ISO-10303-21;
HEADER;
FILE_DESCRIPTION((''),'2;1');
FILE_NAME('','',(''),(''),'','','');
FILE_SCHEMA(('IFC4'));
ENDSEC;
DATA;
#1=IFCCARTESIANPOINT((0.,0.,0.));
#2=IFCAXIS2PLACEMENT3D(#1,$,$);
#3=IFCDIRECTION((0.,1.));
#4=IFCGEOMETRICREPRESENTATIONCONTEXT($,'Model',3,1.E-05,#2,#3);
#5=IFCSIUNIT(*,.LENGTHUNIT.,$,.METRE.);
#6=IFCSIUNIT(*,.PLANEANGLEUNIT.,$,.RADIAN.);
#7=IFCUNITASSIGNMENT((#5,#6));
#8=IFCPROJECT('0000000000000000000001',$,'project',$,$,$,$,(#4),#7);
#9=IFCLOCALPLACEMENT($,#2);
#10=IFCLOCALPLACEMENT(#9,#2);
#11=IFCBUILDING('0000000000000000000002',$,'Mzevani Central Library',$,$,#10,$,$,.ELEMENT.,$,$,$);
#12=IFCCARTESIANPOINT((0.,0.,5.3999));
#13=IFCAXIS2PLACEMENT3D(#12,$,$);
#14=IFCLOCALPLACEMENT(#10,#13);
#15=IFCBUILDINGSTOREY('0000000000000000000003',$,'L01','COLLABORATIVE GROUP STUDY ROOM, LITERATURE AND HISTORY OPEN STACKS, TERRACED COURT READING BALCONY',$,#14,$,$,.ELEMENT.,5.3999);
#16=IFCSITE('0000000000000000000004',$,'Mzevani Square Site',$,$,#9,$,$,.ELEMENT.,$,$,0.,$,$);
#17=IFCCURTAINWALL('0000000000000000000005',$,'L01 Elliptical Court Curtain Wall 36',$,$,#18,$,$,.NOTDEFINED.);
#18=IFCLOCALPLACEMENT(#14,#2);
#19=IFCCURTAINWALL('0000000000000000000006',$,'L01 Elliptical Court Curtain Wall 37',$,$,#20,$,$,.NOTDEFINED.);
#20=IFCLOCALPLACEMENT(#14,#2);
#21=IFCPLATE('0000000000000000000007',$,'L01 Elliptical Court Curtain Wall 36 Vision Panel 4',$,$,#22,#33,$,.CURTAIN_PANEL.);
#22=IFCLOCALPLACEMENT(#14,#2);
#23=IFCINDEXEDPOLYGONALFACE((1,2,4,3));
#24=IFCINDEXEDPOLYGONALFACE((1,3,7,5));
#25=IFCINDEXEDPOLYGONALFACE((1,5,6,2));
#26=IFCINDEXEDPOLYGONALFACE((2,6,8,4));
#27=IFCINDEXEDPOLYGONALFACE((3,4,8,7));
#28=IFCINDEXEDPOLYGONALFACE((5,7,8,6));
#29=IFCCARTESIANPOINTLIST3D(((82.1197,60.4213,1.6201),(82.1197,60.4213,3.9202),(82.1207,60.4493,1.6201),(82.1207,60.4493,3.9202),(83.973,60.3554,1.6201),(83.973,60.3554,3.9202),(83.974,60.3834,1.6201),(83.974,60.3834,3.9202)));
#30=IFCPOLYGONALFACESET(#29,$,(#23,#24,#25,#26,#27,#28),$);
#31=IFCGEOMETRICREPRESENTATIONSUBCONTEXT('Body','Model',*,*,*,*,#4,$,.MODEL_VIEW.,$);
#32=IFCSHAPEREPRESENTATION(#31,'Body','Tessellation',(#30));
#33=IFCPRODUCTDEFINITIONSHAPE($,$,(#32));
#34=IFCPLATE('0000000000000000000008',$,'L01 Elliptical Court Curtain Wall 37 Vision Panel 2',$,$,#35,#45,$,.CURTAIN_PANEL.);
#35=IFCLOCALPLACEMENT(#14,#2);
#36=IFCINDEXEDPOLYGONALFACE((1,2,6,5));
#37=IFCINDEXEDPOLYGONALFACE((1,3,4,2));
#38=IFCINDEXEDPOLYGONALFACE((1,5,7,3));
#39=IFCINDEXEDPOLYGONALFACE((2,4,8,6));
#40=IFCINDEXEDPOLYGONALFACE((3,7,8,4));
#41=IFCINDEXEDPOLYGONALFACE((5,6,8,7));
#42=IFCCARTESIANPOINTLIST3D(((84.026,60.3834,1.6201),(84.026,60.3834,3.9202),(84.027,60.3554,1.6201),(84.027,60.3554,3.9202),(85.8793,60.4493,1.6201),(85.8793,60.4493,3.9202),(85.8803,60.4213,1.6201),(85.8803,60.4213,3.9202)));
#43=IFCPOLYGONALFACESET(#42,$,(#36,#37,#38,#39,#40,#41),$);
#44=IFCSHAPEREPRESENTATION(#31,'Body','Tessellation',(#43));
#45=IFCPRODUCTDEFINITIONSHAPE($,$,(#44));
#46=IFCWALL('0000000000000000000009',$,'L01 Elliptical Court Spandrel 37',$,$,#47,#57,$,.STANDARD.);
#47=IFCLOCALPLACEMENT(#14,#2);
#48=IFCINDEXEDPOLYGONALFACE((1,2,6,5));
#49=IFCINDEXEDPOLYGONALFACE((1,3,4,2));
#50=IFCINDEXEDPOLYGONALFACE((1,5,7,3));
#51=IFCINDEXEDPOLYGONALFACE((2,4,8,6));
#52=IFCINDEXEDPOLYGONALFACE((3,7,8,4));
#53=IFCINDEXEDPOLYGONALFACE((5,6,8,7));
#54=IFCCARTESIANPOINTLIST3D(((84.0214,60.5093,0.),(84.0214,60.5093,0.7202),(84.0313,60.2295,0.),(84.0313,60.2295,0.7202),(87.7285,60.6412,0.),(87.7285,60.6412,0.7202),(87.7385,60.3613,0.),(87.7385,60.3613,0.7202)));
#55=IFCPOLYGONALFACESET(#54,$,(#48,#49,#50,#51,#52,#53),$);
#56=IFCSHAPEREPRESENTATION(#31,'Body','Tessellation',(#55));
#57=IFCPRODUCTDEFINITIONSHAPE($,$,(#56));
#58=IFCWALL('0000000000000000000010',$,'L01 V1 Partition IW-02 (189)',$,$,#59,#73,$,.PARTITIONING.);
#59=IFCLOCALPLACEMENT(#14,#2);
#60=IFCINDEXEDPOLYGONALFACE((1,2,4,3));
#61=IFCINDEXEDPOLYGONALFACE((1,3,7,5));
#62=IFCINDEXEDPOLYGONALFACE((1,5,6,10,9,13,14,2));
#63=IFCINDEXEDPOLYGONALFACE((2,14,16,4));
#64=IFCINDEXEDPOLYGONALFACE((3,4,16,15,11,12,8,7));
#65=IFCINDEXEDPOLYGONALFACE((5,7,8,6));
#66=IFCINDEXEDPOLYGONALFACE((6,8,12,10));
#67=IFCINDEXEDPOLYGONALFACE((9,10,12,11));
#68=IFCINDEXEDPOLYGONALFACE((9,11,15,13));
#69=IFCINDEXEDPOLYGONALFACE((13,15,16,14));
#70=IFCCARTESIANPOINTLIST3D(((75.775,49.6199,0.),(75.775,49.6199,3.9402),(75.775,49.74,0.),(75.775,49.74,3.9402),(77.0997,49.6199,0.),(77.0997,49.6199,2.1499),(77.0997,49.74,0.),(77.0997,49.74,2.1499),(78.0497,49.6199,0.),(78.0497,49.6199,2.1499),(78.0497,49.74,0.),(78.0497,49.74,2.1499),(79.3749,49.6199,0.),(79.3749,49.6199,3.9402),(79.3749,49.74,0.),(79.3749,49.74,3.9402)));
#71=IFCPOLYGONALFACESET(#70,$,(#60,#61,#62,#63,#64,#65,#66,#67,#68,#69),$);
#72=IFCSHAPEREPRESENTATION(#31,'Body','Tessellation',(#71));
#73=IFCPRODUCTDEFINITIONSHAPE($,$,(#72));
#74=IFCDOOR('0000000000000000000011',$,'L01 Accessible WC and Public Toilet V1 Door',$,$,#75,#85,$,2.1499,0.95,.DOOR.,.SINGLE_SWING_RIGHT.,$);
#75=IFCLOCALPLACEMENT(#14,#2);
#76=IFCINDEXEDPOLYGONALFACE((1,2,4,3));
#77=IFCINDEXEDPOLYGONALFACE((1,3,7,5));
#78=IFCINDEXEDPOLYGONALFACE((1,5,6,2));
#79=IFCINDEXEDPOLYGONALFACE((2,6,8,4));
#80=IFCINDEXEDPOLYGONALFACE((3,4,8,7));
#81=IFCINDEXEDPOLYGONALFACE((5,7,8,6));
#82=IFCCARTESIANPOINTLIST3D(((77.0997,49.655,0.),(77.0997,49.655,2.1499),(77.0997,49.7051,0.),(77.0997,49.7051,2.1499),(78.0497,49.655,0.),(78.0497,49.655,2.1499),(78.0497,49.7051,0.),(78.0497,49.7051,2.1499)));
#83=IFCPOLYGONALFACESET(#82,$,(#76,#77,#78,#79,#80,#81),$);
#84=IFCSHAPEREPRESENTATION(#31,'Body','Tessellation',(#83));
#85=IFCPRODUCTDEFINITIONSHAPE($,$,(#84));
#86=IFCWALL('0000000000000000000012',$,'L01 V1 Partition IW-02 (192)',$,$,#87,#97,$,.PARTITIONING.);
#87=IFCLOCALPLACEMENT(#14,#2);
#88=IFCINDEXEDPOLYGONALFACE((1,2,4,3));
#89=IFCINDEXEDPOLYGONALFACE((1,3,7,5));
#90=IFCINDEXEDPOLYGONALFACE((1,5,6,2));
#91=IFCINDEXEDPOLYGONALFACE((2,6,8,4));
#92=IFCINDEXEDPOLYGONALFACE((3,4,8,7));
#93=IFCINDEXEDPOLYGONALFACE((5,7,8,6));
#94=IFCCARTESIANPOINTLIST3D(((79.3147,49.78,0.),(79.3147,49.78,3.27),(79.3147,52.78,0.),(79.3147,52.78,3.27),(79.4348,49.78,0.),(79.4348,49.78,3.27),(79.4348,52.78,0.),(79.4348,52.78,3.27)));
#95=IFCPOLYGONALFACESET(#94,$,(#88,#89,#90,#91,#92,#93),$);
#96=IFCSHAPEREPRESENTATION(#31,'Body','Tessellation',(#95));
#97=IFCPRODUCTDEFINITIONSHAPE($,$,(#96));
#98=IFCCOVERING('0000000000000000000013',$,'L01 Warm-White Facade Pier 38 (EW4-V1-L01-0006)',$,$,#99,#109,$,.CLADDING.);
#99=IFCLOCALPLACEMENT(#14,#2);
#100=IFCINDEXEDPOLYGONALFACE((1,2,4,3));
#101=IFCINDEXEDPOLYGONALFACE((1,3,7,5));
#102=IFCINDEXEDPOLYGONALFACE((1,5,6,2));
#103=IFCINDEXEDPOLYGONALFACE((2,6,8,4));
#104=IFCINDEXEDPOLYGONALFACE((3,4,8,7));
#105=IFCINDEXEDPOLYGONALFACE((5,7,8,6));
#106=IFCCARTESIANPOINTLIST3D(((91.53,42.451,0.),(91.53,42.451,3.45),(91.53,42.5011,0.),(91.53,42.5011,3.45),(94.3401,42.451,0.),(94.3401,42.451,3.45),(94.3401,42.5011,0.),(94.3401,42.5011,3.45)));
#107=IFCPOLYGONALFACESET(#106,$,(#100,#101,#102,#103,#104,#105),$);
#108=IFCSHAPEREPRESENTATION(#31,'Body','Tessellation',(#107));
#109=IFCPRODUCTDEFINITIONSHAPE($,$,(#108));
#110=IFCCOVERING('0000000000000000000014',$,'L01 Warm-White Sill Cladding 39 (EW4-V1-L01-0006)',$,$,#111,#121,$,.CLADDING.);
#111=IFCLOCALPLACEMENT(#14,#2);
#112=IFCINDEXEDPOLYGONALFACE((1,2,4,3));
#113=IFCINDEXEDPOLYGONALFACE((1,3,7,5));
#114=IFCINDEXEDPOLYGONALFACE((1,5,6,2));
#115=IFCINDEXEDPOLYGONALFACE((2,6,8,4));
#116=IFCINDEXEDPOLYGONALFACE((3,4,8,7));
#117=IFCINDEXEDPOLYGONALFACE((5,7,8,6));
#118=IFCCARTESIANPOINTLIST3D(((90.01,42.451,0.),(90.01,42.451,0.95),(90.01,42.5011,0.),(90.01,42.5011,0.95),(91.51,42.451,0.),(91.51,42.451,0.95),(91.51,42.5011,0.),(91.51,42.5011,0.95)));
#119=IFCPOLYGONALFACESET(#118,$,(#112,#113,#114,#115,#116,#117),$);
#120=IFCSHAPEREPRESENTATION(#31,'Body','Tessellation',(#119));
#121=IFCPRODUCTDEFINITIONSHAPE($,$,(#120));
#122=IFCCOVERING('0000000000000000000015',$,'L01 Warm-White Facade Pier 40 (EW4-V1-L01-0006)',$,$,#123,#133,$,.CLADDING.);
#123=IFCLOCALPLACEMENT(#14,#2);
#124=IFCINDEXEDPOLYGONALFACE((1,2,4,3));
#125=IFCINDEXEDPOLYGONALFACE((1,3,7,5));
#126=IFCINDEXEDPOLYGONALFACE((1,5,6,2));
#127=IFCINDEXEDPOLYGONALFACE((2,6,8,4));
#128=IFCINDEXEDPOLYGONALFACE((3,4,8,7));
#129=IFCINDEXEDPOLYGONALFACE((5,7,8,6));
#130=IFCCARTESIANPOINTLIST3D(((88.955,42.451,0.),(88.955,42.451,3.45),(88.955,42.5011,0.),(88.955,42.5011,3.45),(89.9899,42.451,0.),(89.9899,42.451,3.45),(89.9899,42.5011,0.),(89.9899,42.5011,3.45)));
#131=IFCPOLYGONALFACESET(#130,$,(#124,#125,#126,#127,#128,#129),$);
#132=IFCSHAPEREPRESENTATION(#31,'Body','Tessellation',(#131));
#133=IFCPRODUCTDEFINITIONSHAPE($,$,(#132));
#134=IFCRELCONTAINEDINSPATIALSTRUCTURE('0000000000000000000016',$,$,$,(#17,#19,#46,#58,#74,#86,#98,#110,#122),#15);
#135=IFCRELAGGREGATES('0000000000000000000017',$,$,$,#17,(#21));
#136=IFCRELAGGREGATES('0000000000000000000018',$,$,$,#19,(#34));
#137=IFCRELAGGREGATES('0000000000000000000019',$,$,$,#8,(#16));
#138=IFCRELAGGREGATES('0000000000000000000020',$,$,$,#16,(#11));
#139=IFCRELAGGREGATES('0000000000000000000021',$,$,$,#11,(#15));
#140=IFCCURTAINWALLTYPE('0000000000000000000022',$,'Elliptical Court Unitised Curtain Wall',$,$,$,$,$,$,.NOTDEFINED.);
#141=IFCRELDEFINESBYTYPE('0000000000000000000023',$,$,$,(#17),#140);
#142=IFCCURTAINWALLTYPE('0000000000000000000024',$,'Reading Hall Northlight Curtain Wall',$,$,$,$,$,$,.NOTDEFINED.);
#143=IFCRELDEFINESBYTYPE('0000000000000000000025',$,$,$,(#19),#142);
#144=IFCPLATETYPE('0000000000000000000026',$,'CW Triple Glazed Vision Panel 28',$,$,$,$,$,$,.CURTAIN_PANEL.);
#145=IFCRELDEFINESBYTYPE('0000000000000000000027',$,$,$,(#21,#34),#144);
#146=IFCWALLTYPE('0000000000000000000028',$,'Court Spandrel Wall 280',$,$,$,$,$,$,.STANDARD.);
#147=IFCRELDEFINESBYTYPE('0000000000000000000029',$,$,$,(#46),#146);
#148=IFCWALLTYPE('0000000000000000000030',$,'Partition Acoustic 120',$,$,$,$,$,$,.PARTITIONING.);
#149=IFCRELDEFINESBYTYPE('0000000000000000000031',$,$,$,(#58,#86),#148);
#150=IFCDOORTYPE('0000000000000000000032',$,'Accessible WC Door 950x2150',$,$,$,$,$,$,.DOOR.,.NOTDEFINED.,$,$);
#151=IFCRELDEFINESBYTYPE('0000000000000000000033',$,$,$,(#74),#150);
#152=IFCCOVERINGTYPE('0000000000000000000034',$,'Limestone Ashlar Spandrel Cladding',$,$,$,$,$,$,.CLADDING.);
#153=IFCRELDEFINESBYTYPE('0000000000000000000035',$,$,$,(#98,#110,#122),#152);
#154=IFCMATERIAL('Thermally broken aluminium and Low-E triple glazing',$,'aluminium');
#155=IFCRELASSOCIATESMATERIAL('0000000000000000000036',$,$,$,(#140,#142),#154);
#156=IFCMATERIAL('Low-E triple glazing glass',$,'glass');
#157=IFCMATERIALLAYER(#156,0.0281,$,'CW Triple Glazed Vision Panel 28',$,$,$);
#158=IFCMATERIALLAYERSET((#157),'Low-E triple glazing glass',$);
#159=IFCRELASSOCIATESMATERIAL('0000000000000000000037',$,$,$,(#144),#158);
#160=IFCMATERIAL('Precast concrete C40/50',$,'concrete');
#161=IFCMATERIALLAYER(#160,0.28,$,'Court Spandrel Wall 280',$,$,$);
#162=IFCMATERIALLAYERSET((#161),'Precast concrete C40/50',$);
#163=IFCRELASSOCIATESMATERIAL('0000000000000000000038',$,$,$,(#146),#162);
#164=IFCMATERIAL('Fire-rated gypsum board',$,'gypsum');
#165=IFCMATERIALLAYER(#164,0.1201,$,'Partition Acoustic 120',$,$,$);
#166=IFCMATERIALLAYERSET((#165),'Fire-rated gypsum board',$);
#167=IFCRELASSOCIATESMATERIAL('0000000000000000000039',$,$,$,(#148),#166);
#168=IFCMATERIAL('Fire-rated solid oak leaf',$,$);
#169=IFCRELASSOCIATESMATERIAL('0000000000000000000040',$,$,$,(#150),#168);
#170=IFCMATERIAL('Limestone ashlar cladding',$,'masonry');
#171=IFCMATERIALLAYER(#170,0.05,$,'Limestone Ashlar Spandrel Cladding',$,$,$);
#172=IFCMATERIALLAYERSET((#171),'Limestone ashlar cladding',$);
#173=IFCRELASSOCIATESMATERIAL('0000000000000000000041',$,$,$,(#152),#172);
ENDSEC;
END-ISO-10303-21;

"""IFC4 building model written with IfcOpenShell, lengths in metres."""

from ifc_helpers import new_model, si_unit, direction, frame, frame_2d, origin, origin_2d, place, context, subcontext, project, spatial, rectangle, extrude, material, layer, layer_set, type_object, element, fill, aggregate, save


model = new_model("IFC4")

# Units and contexts
model_context = context("Model", 3, precision=1e-05, world=origin(), true_north=direction((0.0, 1.0)))
body_context = subcontext(model_context, "Body", "Model", "MODEL_VIEW")
ifc_project = project(units=[si_unit("LENGTHUNIT", "METRE"), si_unit("PLANEANGLEUNIT", "RADIAN")], contexts=[model_context])

# Site, building, storey
site_placement = place(None, origin())
site = spatial("IfcSite", under=ifc_project, at=site_placement, Name="Mzevani Square Site", CompositionType="ELEMENT", RefElevation=0.0)
building_placement = place(site_placement, origin())
building = spatial("IfcBuilding", under=site, at=building_placement, Name="Mzevani Central Library", CompositionType="ELEMENT")
storey_placement = place(building_placement, frame((0.0, 0.0, 5.3999)))
storey = spatial("IfcBuildingStorey", under=building, at=storey_placement, Name="L01", Description="COLLABORATIVE GROUP STUDY ROOM, LITERATURE AND HISTORY OPEN STACKS, TERRACED COURT READING BALCONY", CompositionType="ELEMENT", Elevation=5.3999)

# Curtain walls
ifc_material_1 = material(Name="Thermally broken aluminium and Low-E triple glazing", Category="aluminium")
curtain_wall_type_1 = type_object("IfcCurtainWallType", Name="Elliptical Court Unitised Curtain Wall", PredefinedType="NOTDEFINED", material=ifc_material_1)
curtain_wall_1_placement = place(storey_placement, origin())
curtain_wall_1 = element("IfcCurtainWall", 1, at=curtain_wall_1_placement, inside=storey, type_object=curtain_wall_type_1, Name="L01 Elliptical Court Curtain Wall 36", PredefinedType="NOTDEFINED")
curtain_wall_type_2 = type_object("IfcCurtainWallType", Name="Reading Hall Northlight Curtain Wall", PredefinedType="NOTDEFINED", material=ifc_material_1)
curtain_wall_2_placement = place(storey_placement, origin())
curtain_wall_2 = element("IfcCurtainWall", 2, at=curtain_wall_2_placement, inside=storey, type_object=curtain_wall_type_2, Name="L01 Elliptical Court Curtain Wall 37", PredefinedType="NOTDEFINED")

# Shared definitions
ifc_material_2 = material(Name="Precast concrete C40/50", Category="concrete")

# Plates
ifc_material_3 = material(Name="Low-E triple glazing glass", Category="glass")
ifc_layer_1 = layer(ifc_material_3, 0.0281, Name="CW Triple Glazed Vision Panel 28")
ifc_layer_set_1 = layer_set([ifc_layer_1], Name="Low-E triple glazing glass")
plate_type_1 = type_object("IfcPlateType", Name="CW Triple Glazed Vision Panel 28", PredefinedType="CURTAIN_PANEL", material=ifc_layer_set_1)
plate_1_placement = place(storey_placement, frame((83.0469, 60.4023, 1.6201), z_axis=(0.0, 0.0, 1.0), x_axis=(0.999369, -0.035533, 0.0)))
plate_1 = element("IfcPlate", 3, at=plate_1_placement, type_object=plate_type_1, Name="L01 Elliptical Court Curtain Wall 36 Vision Panel 4", PredefinedType="CURTAIN_PANEL", context=body_context, shape_type="SweptSolid", body=[
    extrude(rectangle(XDim=1.8545, YDim=0.0281, at=origin_2d()), origin(), (0.0, 0.0, 1.0), 2.3),
])
aggregate(curtain_wall_1, [plate_1])
plate_2_placement = place(storey_placement, frame((84.9531, 60.4023, 1.6201), z_axis=(0.0, 0.0, 1.0), x_axis=(0.999369, 0.035533, 0.0)))
plate_2 = element("IfcPlate", 4, at=plate_2_placement, type_object=plate_type_1, Name="L01 Elliptical Court Curtain Wall 37 Vision Panel 2", PredefinedType="CURTAIN_PANEL", context=body_context, shape_type="SweptSolid", body=[
    extrude(rectangle(XDim=1.8545, YDim=0.0281, at=origin_2d()), origin(), (0.0, 0.0, 1.0), 2.3),
])
aggregate(curtain_wall_2, [plate_2])

# Wall
ifc_layer_2 = layer(ifc_material_2, 0.28, Name="Court Spandrel Wall 280")
ifc_layer_set_2 = layer_set([ifc_layer_2], Name="Precast concrete C40/50")
wall_type_1 = type_object("IfcWallType", Name="Court Spandrel Wall 280", PredefinedType="STANDARD", material=ifc_layer_set_2)
wall_1_placement = place(storey_placement, frame((84.0264, 60.3694, 0.0), z_axis=(0.0, 0.0, 1.0), x_axis=(0.999368, 0.035541, 0.0)))
element("IfcWall", 5, at=wall_1_placement, inside=storey, type_object=wall_type_1, Name="L01 Elliptical Court Spandrel 37", PredefinedType="STANDARD", context=body_context, shape_type="SweptSolid", body=[
    extrude(rectangle(XDim=3.7095, YDim=0.28, at=frame_2d((1.8547, 0.0))), origin(), (0.0, 0.0, 1.0), 0.7202),
])

# Wall, opening, door
ifc_material_4 = material(Name="Fire-rated gypsum board", Category="gypsum")
ifc_layer_3 = layer(ifc_material_4, 0.1201, Name="Partition Acoustic 120")
ifc_layer_set_3 = layer_set([ifc_layer_3], Name="Fire-rated gypsum board")
wall_type_2 = type_object("IfcWallType", Name="Partition Acoustic 120", PredefinedType="PARTITIONING", material=ifc_layer_set_3)
wall_2_placement = place(storey_placement, frame((79.3748, 49.6799, 0.0), z_axis=(0.0, 0.0, 1.0), x_axis=(-1.0, 0.0, 0.0)))
wall_2 = element("IfcWall", 6, at=wall_2_placement, inside=storey, type_object=wall_type_2, Name="L01 V1 Partition IW-02 (189)", PredefinedType="PARTITIONING", context=body_context, shape_type="SweptSolid", body=[
    extrude(rectangle(XDim=3.5999, YDim=0.1201, at=frame_2d((1.7998, 0.0))), origin(), (0.0, 0.0, 1.0), 3.9402),
])
opening_placement = place(wall_2_placement, frame((1.325, 0.0, 0.0)))
opening = element("IfcOpeningElement", 7, at=opening_placement, cuts=wall_2, PredefinedType="OPENING", context=body_context, shape_type="SweptSolid", body=[
    extrude(rectangle(XDim=0.95, YDim=2.1499, at=frame_2d((0.4751, 1.075))), frame((0.0, 0.0701, 0.0), z_axis=(0.0, -1.0, 0.0), x_axis=(1.0, 0.0, 0.0)), (0.0, 0.0, 1.0), 0.1401),
])
ifc_material_5 = material(Name="Fire-rated solid oak leaf")
door_type = type_object("IfcDoorType", Name="Accessible WC Door 950x2150", OperationType="NOTDEFINED", PredefinedType="DOOR", material=ifc_material_5)
door_placement = place(opening_placement, origin())
door = element("IfcDoor", 8, at=door_placement, inside=storey, type_object=door_type, Name="L01 Accessible WC and Public Toilet V1 Door", OperationType="SINGLE_SWING_RIGHT", OverallHeight=2.1499, OverallWidth=0.95, PredefinedType="DOOR", context=body_context, shape_type="SweptSolid", body=[
    extrude(rectangle(XDim=0.95, YDim=2.1499, at=frame_2d((0.4751, 1.075))), frame((0.0, 0.0249, 0.0), z_axis=(0.0, -1.0, 0.0), x_axis=(1.0, 0.0, 0.0)), (0.0, 0.0, 1.0), 0.05),
])
fill(opening, door)

# Wall
wall_3_placement = place(storey_placement, frame((79.3748, 52.78, 0.0), z_axis=(0.0, 0.0, 1.0), x_axis=(0.0, -1.0, 0.0)))
element("IfcWall", 9, at=wall_3_placement, inside=storey, type_object=wall_type_2, Name="L01 V1 Partition IW-02 (192)", PredefinedType="PARTITIONING", context=body_context, shape_type="SweptSolid", body=[
    extrude(rectangle(XDim=3.0, YDim=0.1201, at=frame_2d((1.5, 0.0))), origin(), (0.0, 0.0, 1.0), 3.27),
])

# Coverings
ifc_material_6 = material(Name="Limestone ashlar cladding", Category="masonry")
ifc_layer_4 = layer(ifc_material_6, 0.05, Name="Limestone Ashlar Spandrel Cladding")
ifc_layer_set_4 = layer_set([ifc_layer_4], Name="Limestone ashlar cladding")
covering_type = type_object("IfcCoveringType", Name="Limestone Ashlar Spandrel Cladding", PredefinedType="CLADDING", material=ifc_layer_set_4)
covering_1_placement = place(storey_placement, frame((92.9351, 42.4761, 0.0), z_axis=(0.0, 0.0, 1.0), x_axis=(-1.0, 0.0, 0.0)))
element("IfcCovering", 10, at=covering_1_placement, inside=storey, type_object=covering_type, Name="L01 Warm-White Facade Pier 38 (EW4-V1-L01-0006)", PredefinedType="CLADDING", context=body_context, shape_type="SweptSolid", body=[
    extrude(rectangle(XDim=2.8101, YDim=0.05, at=origin_2d()), origin(), (0.0, 0.0, 1.0), 3.45),
])
covering_2_placement = place(storey_placement, frame((90.76, 42.4761, 0.0), z_axis=(0.0, 0.0, 1.0), x_axis=(-1.0, 0.0, 0.0)))
element("IfcCovering", 11, at=covering_2_placement, inside=storey, type_object=covering_type, Name="L01 Warm-White Sill Cladding 39 (EW4-V1-L01-0006)", PredefinedType="CLADDING", context=body_context, shape_type="SweptSolid", body=[
    extrude(rectangle(XDim=1.5, YDim=0.05, at=origin_2d()), origin(), (0.0, 0.0, 1.0), 0.95),
])
covering_3_placement = place(storey_placement, frame((89.4724, 42.4761, 0.0), z_axis=(0.0, 0.0, 1.0), x_axis=(-1.0, 0.0, 0.0)))
element("IfcCovering", 12, at=covering_3_placement, inside=storey, type_object=covering_type, Name="L01 Warm-White Facade Pier 40 (EW4-V1-L01-0006)", PredefinedType="CLADDING", context=body_context, shape_type="SweptSolid", body=[
    extrude(rectangle(XDim=1.0349, YDim=0.05, at=origin_2d()), origin(), (0.0, 0.0, 1.0), 3.45),
])

save(model, "model.ifc")
